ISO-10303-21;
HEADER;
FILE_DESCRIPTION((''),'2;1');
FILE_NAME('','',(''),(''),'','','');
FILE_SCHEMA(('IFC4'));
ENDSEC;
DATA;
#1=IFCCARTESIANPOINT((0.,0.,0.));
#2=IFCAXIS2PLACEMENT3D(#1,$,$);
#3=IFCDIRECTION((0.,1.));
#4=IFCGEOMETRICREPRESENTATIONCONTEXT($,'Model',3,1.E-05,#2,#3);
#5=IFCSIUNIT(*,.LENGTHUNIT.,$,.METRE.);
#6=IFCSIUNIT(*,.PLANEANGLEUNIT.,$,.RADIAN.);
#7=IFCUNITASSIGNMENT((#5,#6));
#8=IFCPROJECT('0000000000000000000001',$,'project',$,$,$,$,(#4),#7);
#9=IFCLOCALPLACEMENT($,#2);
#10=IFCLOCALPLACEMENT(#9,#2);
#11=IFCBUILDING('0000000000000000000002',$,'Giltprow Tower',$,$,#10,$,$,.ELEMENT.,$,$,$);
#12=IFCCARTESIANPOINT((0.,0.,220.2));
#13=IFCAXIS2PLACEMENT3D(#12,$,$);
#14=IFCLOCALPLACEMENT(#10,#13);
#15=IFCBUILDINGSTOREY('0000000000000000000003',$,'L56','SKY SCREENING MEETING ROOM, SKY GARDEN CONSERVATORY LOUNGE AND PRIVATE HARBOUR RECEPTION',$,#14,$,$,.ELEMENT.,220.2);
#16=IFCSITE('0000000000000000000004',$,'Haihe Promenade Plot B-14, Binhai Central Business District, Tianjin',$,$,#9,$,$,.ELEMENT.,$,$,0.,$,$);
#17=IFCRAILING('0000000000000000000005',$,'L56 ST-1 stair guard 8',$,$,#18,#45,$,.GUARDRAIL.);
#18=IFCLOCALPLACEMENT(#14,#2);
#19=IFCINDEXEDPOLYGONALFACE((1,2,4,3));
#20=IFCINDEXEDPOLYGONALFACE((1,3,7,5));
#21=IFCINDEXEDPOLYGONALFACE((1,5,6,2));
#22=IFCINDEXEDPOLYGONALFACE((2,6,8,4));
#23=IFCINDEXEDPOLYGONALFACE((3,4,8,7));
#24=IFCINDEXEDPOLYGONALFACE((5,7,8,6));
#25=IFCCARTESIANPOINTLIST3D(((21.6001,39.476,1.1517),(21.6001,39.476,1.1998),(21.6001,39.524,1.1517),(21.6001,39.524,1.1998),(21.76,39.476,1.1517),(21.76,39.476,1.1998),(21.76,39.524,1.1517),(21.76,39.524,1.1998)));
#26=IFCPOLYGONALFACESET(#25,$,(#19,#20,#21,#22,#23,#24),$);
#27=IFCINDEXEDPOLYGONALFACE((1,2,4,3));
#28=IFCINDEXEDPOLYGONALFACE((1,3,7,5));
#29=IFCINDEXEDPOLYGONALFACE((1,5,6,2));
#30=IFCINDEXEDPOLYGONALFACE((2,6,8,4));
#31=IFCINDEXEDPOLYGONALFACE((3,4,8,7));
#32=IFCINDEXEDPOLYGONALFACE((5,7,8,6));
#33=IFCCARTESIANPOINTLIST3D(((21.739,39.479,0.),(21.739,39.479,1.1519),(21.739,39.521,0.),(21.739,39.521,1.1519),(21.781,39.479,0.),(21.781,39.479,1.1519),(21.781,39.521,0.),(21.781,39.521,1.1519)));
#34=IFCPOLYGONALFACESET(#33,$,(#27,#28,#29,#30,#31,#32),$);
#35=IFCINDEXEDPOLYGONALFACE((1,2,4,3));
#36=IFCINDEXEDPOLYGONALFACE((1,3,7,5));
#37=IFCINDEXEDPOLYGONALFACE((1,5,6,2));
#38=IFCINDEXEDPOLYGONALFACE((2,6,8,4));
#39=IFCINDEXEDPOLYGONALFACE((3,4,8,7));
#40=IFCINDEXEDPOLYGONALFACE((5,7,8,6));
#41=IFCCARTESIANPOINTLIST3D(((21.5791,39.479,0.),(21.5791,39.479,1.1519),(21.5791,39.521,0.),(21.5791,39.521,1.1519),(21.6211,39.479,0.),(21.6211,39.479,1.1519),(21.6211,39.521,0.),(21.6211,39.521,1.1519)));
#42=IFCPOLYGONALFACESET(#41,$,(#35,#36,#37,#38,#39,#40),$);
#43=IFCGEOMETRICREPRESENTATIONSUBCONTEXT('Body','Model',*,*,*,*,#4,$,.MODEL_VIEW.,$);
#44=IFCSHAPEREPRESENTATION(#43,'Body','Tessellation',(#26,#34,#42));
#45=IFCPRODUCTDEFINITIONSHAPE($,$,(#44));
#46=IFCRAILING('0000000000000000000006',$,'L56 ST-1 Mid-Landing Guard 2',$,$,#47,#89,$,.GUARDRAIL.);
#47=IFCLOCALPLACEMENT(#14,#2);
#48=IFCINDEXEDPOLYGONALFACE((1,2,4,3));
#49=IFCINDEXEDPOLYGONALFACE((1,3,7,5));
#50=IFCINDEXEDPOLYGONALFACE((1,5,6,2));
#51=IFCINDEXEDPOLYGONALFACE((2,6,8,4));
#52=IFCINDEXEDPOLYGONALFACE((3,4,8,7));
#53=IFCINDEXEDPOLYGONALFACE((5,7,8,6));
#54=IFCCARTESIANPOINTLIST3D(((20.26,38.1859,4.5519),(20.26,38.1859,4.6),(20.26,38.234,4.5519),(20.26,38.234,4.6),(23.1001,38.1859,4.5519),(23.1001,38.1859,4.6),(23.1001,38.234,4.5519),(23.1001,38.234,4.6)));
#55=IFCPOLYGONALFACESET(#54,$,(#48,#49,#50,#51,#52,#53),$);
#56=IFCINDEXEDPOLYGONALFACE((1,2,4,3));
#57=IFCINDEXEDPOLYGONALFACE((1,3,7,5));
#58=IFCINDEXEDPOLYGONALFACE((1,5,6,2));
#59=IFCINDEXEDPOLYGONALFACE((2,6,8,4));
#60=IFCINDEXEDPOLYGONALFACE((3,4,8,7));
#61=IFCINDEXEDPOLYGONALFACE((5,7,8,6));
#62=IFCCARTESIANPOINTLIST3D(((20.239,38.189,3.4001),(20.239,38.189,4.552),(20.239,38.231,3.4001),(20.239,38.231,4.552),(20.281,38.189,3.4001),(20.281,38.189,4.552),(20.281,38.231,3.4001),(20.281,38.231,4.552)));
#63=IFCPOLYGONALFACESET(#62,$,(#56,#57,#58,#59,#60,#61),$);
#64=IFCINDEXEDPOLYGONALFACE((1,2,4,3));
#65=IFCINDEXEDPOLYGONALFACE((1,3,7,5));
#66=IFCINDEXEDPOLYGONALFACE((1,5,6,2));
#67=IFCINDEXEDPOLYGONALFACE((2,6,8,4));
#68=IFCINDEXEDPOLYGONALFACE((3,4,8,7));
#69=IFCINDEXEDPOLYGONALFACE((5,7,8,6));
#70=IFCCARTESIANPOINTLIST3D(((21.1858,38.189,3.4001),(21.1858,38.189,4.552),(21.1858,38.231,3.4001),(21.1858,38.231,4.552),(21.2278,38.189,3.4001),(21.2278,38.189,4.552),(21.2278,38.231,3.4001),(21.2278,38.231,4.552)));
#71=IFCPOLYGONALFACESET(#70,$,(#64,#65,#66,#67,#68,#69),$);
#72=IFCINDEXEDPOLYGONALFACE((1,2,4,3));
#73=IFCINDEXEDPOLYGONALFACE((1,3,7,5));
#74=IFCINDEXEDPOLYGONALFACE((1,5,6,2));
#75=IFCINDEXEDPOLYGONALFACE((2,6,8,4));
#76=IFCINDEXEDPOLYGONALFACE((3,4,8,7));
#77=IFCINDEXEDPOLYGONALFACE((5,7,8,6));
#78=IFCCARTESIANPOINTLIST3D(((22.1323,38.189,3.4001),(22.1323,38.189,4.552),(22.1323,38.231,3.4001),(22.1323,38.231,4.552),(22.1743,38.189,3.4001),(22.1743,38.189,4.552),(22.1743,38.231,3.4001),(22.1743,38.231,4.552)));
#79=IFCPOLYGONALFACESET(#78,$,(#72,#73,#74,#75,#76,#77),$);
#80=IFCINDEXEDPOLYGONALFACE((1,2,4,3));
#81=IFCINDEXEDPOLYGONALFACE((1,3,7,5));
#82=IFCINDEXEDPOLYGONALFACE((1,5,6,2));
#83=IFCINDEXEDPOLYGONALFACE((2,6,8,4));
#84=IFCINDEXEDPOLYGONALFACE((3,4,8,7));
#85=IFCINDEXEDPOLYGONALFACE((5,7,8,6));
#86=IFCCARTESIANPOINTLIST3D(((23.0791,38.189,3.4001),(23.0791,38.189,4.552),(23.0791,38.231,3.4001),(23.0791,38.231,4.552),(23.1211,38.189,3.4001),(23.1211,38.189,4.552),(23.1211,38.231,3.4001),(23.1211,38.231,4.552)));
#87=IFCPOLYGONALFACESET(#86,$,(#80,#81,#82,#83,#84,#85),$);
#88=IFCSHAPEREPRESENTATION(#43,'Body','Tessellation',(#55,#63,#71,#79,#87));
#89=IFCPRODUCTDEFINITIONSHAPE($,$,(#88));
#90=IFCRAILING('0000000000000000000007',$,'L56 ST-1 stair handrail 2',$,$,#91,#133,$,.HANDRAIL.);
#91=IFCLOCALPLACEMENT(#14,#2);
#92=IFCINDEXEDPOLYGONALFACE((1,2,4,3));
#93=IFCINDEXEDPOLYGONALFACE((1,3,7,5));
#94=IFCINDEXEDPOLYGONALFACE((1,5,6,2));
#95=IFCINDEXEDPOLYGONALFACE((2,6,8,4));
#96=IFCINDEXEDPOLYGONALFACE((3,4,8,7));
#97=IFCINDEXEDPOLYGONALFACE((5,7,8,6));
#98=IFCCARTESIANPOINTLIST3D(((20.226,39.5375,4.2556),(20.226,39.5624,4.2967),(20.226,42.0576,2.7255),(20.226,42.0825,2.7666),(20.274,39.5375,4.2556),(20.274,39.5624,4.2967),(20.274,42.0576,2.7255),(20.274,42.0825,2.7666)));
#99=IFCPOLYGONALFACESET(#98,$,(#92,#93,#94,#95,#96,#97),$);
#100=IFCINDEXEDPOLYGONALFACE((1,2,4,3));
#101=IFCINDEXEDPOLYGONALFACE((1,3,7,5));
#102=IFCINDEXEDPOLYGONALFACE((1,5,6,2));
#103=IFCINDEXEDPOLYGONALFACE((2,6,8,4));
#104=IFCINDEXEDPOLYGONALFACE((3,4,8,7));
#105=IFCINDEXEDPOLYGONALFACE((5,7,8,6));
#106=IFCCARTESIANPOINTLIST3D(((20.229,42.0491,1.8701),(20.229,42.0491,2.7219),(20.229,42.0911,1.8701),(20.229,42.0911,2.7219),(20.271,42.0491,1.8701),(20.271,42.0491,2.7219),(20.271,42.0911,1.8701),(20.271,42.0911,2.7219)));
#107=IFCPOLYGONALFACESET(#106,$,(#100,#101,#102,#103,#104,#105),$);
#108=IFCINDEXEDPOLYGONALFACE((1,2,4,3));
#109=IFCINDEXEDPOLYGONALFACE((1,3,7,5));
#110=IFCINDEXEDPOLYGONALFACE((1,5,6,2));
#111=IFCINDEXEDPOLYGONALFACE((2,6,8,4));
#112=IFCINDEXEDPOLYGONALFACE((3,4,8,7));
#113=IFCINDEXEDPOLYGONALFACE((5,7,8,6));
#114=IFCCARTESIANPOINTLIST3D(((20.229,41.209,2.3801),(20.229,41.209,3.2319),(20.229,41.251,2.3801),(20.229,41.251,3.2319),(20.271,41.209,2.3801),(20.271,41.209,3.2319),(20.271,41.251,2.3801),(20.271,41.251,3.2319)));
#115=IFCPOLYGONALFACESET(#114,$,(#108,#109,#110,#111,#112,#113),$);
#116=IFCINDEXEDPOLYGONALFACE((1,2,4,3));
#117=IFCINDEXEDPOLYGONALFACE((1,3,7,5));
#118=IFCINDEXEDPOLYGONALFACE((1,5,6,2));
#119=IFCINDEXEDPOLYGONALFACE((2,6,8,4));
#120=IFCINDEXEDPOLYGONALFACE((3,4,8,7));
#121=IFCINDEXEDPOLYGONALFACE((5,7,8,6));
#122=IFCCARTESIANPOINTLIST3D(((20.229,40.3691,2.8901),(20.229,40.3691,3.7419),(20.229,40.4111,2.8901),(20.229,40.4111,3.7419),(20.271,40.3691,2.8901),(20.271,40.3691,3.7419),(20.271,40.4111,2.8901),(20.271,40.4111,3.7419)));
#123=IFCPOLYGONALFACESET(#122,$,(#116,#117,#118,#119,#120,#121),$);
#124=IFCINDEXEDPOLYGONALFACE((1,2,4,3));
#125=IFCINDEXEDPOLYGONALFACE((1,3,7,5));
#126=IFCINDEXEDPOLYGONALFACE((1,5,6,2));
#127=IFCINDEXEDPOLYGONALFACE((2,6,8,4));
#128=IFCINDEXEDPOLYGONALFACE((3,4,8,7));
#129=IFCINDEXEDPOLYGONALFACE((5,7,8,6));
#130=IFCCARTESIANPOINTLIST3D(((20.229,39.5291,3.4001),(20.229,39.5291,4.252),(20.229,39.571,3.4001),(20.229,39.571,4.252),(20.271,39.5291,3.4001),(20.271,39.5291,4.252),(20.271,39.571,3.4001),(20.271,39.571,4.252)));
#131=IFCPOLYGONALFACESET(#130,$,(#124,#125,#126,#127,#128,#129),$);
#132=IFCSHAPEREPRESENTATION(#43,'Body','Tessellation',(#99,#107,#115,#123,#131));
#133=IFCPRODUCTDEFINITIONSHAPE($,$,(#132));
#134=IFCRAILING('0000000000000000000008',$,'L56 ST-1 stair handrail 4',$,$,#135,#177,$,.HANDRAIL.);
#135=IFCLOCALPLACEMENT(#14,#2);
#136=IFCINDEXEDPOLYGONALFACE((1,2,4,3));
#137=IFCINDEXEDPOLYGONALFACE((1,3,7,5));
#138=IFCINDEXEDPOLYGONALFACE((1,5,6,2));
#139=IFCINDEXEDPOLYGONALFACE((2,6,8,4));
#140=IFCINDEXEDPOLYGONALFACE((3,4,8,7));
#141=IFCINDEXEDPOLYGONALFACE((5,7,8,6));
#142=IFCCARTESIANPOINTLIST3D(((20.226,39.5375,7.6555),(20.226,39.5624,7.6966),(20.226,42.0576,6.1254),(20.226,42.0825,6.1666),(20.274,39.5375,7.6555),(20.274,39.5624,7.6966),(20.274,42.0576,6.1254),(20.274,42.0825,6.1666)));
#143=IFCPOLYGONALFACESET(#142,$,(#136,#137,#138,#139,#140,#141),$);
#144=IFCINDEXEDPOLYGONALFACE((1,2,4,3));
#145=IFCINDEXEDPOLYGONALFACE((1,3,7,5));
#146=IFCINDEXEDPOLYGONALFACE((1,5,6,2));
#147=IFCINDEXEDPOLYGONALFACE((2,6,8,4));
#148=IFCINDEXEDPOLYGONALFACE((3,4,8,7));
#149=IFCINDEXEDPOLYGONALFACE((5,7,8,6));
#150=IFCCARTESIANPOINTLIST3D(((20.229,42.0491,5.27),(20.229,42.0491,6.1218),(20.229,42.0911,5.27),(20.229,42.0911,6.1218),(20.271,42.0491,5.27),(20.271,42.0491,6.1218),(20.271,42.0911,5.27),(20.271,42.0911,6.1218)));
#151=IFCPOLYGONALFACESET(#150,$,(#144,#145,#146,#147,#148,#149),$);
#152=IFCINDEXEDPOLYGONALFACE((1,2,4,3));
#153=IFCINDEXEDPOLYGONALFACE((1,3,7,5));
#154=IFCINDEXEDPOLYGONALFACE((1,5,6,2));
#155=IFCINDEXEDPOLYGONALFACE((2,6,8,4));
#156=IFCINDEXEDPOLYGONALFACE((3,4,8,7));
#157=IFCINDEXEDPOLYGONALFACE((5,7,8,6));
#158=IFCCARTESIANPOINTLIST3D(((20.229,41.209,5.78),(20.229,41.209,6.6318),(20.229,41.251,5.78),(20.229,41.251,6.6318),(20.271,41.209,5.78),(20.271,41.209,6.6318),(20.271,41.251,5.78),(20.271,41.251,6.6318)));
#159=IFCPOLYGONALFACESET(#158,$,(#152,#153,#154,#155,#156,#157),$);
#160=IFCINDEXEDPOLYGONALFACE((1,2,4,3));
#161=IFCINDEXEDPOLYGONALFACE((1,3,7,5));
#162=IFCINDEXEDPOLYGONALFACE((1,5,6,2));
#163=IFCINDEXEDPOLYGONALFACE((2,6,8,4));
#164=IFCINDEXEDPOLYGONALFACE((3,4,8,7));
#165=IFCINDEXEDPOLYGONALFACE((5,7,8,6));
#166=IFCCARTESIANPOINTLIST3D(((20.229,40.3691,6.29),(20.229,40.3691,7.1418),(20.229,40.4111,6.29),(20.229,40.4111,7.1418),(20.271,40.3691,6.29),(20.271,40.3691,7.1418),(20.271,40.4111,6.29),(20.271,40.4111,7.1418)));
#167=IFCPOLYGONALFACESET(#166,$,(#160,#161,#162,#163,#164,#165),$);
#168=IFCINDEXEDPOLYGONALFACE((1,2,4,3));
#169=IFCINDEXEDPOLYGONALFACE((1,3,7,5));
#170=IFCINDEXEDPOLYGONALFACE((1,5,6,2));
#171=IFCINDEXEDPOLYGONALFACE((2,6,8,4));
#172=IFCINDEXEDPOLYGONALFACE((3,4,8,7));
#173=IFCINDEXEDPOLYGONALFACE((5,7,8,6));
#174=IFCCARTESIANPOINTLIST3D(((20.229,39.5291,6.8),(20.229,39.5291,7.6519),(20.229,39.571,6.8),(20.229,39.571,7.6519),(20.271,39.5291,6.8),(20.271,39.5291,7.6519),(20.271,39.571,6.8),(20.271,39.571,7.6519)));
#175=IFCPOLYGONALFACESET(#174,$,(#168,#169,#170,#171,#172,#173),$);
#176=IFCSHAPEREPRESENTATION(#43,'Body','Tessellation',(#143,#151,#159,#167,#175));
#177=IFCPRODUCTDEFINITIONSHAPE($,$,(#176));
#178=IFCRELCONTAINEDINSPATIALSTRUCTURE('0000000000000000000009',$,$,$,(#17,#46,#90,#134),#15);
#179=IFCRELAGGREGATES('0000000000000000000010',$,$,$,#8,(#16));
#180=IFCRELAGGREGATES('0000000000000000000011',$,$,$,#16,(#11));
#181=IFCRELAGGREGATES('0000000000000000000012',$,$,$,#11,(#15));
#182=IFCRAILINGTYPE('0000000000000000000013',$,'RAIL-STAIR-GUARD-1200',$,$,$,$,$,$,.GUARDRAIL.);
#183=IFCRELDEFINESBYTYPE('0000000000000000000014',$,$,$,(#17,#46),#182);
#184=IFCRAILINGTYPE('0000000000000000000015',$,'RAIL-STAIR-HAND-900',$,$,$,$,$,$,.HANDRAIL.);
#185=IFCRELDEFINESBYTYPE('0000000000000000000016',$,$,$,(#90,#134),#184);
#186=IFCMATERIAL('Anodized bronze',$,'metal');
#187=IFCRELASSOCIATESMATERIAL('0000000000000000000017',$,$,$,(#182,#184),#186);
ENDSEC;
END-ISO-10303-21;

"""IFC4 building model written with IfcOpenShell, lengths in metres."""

from ifc_helpers import new_model, si_unit, direction, frame, origin, origin_2d, place, context, subcontext, project, spatial, rectangle, extrude, material, type_object, element, save


model = new_model("IFC4")

# Units and contexts
model_context = context("Model", 3, precision=1e-05, world=origin(), true_north=direction((0.0, 1.0)))
body_context = subcontext(model_context, "Body", "Model", "MODEL_VIEW")
ifc_project = project(units=[si_unit("LENGTHUNIT", "METRE"), si_unit("PLANEANGLEUNIT", "RADIAN")], contexts=[model_context])

# Site, building, storey
site_placement = place(None, origin())
site = spatial("IfcSite", under=ifc_project, at=site_placement, Name="Haihe Promenade Plot B-14, Binhai Central Business District, Tianjin", CompositionType="ELEMENT", RefElevation=0.0)
building_placement = place(site_placement, origin())
building = spatial("IfcBuilding", under=site, at=building_placement, Name="Giltprow Tower", CompositionType="ELEMENT")
storey_placement = place(building_placement, frame((0.0, 0.0, 220.2)))
storey = spatial("IfcBuildingStorey", under=building, at=storey_placement, Name="L56", Description="SKY SCREENING MEETING ROOM, SKY GARDEN CONSERVATORY LOUNGE AND PRIVATE HARBOUR RECEPTION", CompositionType="ELEMENT", Elevation=220.2)

# Railings
ifc_material_1 = material(Name="Anodized bronze", Category="metal")
railing_type_1 = type_object("IfcRailingType", Name="RAIL-STAIR-GUARD-1200", PredefinedType="GUARDRAIL", material=ifc_material_1)
railing_1_placement = place(storey_placement, frame((21.76, 39.5, 0.0)))
element("IfcRailing", 1, at=railing_1_placement, inside=storey, type_object=railing_type_1, Name="L56 ST-1 stair guard 8", PredefinedType="GUARDRAIL", context=body_context, shape_type="SweptSolid", body=[
    extrude(rectangle(XDim=0.0481, YDim=0.0481, at=origin_2d()), frame((0.0, 0.0, 1.1758), z_axis=(-1.0, 0.0, 0.0), x_axis=(0.0, -1.0, 0.0)), (0.0, 0.0, 1.0), 0.1599),
    extrude(rectangle(XDim=0.042, YDim=0.042, at=origin_2d()), origin(), (0.0, 0.0, 1.0), 1.1519),
    extrude(rectangle(XDim=0.042, YDim=0.042, at=origin_2d()), frame((-0.1599, 0.0, 0.0)), (0.0, 0.0, 1.0), 1.1519),
])
railing_2_placement = place(storey_placement, frame((20.26, 38.21, 3.4001)))
element("IfcRailing", 2, at=railing_2_placement, inside=storey, type_object=railing_type_1, Name="L56 ST-1 Mid-Landing Guard 2", PredefinedType="GUARDRAIL", context=body_context, shape_type="SweptSolid", body=[
    extrude(rectangle(XDim=0.0481, YDim=0.0481, at=origin_2d()), frame((0.0, 0.0, 1.1758), z_axis=(1.0, 0.0, 0.0), x_axis=(0.0, 1.0, 0.0)), (0.0, 0.0, 1.0), 2.8401),
    extrude(rectangle(XDim=0.042, YDim=0.042, at=origin_2d()), origin(), (0.0, 0.0, 1.0), 1.1519),
    extrude(rectangle(XDim=0.042, YDim=0.042, at=origin_2d()), frame((0.9468, 0.0, 0.0)), (0.0, 0.0, 1.0), 1.1519),
    extrude(rectangle(XDim=0.042, YDim=0.042, at=origin_2d()), frame((1.8933, 0.0, 0.0)), (0.0, 0.0, 1.0), 1.1519),
    extrude(rectangle(XDim=0.042, YDim=0.042, at=origin_2d()), frame((2.8401, 0.0, 0.0)), (0.0, 0.0, 1.0), 1.1519),
])
railing_type_2 = type_object("IfcRailingType", Name="RAIL-STAIR-HAND-900", PredefinedType="HANDRAIL", material=ifc_material_1)
for number, where, name in (
    (3, (20.25, 42.0701, 1.8701), "L56 ST-1 stair handrail 2"),
    (4, (20.25, 42.0701, 5.27), "L56 ST-1 stair handrail 4"),
):
    element("IfcRailing", number, at=place(storey_placement, frame(where)), inside=storey, type_object=railing_type_2, Name=name, PredefinedType="HANDRAIL", context=body_context, shape_type="SweptSolid", body=[
        extrude(rectangle(XDim=0.0481, YDim=0.0481, at=origin_2d()), frame((0.0, 0.0, 0.876), z_axis=(0.0, -0.854785, 0.518982), x_axis=(1.0, 0.0, 0.0)), (0.0, 0.0, 1.0), 2.9482),
        extrude(rectangle(XDim=0.042, YDim=0.042, at=origin_2d()), origin(), (0.0, 0.0, 1.0), 0.8518),
        extrude(rectangle(XDim=0.042, YDim=0.042, at=origin_2d()), frame((0.0, -0.8401, 0.51)), (0.0, 0.0, 1.0), 0.8518),
        extrude(rectangle(XDim=0.042, YDim=0.042, at=origin_2d()), frame((0.0, -1.6799, 1.02)), (0.0, 0.0, 1.0), 0.8518),
        extrude(rectangle(XDim=0.042, YDim=0.042, at=origin_2d()), frame((0.0, -2.52, 1.53)), (0.0, 0.0, 1.0), 0.8518),
    ])

save(model, "model.ifc")
